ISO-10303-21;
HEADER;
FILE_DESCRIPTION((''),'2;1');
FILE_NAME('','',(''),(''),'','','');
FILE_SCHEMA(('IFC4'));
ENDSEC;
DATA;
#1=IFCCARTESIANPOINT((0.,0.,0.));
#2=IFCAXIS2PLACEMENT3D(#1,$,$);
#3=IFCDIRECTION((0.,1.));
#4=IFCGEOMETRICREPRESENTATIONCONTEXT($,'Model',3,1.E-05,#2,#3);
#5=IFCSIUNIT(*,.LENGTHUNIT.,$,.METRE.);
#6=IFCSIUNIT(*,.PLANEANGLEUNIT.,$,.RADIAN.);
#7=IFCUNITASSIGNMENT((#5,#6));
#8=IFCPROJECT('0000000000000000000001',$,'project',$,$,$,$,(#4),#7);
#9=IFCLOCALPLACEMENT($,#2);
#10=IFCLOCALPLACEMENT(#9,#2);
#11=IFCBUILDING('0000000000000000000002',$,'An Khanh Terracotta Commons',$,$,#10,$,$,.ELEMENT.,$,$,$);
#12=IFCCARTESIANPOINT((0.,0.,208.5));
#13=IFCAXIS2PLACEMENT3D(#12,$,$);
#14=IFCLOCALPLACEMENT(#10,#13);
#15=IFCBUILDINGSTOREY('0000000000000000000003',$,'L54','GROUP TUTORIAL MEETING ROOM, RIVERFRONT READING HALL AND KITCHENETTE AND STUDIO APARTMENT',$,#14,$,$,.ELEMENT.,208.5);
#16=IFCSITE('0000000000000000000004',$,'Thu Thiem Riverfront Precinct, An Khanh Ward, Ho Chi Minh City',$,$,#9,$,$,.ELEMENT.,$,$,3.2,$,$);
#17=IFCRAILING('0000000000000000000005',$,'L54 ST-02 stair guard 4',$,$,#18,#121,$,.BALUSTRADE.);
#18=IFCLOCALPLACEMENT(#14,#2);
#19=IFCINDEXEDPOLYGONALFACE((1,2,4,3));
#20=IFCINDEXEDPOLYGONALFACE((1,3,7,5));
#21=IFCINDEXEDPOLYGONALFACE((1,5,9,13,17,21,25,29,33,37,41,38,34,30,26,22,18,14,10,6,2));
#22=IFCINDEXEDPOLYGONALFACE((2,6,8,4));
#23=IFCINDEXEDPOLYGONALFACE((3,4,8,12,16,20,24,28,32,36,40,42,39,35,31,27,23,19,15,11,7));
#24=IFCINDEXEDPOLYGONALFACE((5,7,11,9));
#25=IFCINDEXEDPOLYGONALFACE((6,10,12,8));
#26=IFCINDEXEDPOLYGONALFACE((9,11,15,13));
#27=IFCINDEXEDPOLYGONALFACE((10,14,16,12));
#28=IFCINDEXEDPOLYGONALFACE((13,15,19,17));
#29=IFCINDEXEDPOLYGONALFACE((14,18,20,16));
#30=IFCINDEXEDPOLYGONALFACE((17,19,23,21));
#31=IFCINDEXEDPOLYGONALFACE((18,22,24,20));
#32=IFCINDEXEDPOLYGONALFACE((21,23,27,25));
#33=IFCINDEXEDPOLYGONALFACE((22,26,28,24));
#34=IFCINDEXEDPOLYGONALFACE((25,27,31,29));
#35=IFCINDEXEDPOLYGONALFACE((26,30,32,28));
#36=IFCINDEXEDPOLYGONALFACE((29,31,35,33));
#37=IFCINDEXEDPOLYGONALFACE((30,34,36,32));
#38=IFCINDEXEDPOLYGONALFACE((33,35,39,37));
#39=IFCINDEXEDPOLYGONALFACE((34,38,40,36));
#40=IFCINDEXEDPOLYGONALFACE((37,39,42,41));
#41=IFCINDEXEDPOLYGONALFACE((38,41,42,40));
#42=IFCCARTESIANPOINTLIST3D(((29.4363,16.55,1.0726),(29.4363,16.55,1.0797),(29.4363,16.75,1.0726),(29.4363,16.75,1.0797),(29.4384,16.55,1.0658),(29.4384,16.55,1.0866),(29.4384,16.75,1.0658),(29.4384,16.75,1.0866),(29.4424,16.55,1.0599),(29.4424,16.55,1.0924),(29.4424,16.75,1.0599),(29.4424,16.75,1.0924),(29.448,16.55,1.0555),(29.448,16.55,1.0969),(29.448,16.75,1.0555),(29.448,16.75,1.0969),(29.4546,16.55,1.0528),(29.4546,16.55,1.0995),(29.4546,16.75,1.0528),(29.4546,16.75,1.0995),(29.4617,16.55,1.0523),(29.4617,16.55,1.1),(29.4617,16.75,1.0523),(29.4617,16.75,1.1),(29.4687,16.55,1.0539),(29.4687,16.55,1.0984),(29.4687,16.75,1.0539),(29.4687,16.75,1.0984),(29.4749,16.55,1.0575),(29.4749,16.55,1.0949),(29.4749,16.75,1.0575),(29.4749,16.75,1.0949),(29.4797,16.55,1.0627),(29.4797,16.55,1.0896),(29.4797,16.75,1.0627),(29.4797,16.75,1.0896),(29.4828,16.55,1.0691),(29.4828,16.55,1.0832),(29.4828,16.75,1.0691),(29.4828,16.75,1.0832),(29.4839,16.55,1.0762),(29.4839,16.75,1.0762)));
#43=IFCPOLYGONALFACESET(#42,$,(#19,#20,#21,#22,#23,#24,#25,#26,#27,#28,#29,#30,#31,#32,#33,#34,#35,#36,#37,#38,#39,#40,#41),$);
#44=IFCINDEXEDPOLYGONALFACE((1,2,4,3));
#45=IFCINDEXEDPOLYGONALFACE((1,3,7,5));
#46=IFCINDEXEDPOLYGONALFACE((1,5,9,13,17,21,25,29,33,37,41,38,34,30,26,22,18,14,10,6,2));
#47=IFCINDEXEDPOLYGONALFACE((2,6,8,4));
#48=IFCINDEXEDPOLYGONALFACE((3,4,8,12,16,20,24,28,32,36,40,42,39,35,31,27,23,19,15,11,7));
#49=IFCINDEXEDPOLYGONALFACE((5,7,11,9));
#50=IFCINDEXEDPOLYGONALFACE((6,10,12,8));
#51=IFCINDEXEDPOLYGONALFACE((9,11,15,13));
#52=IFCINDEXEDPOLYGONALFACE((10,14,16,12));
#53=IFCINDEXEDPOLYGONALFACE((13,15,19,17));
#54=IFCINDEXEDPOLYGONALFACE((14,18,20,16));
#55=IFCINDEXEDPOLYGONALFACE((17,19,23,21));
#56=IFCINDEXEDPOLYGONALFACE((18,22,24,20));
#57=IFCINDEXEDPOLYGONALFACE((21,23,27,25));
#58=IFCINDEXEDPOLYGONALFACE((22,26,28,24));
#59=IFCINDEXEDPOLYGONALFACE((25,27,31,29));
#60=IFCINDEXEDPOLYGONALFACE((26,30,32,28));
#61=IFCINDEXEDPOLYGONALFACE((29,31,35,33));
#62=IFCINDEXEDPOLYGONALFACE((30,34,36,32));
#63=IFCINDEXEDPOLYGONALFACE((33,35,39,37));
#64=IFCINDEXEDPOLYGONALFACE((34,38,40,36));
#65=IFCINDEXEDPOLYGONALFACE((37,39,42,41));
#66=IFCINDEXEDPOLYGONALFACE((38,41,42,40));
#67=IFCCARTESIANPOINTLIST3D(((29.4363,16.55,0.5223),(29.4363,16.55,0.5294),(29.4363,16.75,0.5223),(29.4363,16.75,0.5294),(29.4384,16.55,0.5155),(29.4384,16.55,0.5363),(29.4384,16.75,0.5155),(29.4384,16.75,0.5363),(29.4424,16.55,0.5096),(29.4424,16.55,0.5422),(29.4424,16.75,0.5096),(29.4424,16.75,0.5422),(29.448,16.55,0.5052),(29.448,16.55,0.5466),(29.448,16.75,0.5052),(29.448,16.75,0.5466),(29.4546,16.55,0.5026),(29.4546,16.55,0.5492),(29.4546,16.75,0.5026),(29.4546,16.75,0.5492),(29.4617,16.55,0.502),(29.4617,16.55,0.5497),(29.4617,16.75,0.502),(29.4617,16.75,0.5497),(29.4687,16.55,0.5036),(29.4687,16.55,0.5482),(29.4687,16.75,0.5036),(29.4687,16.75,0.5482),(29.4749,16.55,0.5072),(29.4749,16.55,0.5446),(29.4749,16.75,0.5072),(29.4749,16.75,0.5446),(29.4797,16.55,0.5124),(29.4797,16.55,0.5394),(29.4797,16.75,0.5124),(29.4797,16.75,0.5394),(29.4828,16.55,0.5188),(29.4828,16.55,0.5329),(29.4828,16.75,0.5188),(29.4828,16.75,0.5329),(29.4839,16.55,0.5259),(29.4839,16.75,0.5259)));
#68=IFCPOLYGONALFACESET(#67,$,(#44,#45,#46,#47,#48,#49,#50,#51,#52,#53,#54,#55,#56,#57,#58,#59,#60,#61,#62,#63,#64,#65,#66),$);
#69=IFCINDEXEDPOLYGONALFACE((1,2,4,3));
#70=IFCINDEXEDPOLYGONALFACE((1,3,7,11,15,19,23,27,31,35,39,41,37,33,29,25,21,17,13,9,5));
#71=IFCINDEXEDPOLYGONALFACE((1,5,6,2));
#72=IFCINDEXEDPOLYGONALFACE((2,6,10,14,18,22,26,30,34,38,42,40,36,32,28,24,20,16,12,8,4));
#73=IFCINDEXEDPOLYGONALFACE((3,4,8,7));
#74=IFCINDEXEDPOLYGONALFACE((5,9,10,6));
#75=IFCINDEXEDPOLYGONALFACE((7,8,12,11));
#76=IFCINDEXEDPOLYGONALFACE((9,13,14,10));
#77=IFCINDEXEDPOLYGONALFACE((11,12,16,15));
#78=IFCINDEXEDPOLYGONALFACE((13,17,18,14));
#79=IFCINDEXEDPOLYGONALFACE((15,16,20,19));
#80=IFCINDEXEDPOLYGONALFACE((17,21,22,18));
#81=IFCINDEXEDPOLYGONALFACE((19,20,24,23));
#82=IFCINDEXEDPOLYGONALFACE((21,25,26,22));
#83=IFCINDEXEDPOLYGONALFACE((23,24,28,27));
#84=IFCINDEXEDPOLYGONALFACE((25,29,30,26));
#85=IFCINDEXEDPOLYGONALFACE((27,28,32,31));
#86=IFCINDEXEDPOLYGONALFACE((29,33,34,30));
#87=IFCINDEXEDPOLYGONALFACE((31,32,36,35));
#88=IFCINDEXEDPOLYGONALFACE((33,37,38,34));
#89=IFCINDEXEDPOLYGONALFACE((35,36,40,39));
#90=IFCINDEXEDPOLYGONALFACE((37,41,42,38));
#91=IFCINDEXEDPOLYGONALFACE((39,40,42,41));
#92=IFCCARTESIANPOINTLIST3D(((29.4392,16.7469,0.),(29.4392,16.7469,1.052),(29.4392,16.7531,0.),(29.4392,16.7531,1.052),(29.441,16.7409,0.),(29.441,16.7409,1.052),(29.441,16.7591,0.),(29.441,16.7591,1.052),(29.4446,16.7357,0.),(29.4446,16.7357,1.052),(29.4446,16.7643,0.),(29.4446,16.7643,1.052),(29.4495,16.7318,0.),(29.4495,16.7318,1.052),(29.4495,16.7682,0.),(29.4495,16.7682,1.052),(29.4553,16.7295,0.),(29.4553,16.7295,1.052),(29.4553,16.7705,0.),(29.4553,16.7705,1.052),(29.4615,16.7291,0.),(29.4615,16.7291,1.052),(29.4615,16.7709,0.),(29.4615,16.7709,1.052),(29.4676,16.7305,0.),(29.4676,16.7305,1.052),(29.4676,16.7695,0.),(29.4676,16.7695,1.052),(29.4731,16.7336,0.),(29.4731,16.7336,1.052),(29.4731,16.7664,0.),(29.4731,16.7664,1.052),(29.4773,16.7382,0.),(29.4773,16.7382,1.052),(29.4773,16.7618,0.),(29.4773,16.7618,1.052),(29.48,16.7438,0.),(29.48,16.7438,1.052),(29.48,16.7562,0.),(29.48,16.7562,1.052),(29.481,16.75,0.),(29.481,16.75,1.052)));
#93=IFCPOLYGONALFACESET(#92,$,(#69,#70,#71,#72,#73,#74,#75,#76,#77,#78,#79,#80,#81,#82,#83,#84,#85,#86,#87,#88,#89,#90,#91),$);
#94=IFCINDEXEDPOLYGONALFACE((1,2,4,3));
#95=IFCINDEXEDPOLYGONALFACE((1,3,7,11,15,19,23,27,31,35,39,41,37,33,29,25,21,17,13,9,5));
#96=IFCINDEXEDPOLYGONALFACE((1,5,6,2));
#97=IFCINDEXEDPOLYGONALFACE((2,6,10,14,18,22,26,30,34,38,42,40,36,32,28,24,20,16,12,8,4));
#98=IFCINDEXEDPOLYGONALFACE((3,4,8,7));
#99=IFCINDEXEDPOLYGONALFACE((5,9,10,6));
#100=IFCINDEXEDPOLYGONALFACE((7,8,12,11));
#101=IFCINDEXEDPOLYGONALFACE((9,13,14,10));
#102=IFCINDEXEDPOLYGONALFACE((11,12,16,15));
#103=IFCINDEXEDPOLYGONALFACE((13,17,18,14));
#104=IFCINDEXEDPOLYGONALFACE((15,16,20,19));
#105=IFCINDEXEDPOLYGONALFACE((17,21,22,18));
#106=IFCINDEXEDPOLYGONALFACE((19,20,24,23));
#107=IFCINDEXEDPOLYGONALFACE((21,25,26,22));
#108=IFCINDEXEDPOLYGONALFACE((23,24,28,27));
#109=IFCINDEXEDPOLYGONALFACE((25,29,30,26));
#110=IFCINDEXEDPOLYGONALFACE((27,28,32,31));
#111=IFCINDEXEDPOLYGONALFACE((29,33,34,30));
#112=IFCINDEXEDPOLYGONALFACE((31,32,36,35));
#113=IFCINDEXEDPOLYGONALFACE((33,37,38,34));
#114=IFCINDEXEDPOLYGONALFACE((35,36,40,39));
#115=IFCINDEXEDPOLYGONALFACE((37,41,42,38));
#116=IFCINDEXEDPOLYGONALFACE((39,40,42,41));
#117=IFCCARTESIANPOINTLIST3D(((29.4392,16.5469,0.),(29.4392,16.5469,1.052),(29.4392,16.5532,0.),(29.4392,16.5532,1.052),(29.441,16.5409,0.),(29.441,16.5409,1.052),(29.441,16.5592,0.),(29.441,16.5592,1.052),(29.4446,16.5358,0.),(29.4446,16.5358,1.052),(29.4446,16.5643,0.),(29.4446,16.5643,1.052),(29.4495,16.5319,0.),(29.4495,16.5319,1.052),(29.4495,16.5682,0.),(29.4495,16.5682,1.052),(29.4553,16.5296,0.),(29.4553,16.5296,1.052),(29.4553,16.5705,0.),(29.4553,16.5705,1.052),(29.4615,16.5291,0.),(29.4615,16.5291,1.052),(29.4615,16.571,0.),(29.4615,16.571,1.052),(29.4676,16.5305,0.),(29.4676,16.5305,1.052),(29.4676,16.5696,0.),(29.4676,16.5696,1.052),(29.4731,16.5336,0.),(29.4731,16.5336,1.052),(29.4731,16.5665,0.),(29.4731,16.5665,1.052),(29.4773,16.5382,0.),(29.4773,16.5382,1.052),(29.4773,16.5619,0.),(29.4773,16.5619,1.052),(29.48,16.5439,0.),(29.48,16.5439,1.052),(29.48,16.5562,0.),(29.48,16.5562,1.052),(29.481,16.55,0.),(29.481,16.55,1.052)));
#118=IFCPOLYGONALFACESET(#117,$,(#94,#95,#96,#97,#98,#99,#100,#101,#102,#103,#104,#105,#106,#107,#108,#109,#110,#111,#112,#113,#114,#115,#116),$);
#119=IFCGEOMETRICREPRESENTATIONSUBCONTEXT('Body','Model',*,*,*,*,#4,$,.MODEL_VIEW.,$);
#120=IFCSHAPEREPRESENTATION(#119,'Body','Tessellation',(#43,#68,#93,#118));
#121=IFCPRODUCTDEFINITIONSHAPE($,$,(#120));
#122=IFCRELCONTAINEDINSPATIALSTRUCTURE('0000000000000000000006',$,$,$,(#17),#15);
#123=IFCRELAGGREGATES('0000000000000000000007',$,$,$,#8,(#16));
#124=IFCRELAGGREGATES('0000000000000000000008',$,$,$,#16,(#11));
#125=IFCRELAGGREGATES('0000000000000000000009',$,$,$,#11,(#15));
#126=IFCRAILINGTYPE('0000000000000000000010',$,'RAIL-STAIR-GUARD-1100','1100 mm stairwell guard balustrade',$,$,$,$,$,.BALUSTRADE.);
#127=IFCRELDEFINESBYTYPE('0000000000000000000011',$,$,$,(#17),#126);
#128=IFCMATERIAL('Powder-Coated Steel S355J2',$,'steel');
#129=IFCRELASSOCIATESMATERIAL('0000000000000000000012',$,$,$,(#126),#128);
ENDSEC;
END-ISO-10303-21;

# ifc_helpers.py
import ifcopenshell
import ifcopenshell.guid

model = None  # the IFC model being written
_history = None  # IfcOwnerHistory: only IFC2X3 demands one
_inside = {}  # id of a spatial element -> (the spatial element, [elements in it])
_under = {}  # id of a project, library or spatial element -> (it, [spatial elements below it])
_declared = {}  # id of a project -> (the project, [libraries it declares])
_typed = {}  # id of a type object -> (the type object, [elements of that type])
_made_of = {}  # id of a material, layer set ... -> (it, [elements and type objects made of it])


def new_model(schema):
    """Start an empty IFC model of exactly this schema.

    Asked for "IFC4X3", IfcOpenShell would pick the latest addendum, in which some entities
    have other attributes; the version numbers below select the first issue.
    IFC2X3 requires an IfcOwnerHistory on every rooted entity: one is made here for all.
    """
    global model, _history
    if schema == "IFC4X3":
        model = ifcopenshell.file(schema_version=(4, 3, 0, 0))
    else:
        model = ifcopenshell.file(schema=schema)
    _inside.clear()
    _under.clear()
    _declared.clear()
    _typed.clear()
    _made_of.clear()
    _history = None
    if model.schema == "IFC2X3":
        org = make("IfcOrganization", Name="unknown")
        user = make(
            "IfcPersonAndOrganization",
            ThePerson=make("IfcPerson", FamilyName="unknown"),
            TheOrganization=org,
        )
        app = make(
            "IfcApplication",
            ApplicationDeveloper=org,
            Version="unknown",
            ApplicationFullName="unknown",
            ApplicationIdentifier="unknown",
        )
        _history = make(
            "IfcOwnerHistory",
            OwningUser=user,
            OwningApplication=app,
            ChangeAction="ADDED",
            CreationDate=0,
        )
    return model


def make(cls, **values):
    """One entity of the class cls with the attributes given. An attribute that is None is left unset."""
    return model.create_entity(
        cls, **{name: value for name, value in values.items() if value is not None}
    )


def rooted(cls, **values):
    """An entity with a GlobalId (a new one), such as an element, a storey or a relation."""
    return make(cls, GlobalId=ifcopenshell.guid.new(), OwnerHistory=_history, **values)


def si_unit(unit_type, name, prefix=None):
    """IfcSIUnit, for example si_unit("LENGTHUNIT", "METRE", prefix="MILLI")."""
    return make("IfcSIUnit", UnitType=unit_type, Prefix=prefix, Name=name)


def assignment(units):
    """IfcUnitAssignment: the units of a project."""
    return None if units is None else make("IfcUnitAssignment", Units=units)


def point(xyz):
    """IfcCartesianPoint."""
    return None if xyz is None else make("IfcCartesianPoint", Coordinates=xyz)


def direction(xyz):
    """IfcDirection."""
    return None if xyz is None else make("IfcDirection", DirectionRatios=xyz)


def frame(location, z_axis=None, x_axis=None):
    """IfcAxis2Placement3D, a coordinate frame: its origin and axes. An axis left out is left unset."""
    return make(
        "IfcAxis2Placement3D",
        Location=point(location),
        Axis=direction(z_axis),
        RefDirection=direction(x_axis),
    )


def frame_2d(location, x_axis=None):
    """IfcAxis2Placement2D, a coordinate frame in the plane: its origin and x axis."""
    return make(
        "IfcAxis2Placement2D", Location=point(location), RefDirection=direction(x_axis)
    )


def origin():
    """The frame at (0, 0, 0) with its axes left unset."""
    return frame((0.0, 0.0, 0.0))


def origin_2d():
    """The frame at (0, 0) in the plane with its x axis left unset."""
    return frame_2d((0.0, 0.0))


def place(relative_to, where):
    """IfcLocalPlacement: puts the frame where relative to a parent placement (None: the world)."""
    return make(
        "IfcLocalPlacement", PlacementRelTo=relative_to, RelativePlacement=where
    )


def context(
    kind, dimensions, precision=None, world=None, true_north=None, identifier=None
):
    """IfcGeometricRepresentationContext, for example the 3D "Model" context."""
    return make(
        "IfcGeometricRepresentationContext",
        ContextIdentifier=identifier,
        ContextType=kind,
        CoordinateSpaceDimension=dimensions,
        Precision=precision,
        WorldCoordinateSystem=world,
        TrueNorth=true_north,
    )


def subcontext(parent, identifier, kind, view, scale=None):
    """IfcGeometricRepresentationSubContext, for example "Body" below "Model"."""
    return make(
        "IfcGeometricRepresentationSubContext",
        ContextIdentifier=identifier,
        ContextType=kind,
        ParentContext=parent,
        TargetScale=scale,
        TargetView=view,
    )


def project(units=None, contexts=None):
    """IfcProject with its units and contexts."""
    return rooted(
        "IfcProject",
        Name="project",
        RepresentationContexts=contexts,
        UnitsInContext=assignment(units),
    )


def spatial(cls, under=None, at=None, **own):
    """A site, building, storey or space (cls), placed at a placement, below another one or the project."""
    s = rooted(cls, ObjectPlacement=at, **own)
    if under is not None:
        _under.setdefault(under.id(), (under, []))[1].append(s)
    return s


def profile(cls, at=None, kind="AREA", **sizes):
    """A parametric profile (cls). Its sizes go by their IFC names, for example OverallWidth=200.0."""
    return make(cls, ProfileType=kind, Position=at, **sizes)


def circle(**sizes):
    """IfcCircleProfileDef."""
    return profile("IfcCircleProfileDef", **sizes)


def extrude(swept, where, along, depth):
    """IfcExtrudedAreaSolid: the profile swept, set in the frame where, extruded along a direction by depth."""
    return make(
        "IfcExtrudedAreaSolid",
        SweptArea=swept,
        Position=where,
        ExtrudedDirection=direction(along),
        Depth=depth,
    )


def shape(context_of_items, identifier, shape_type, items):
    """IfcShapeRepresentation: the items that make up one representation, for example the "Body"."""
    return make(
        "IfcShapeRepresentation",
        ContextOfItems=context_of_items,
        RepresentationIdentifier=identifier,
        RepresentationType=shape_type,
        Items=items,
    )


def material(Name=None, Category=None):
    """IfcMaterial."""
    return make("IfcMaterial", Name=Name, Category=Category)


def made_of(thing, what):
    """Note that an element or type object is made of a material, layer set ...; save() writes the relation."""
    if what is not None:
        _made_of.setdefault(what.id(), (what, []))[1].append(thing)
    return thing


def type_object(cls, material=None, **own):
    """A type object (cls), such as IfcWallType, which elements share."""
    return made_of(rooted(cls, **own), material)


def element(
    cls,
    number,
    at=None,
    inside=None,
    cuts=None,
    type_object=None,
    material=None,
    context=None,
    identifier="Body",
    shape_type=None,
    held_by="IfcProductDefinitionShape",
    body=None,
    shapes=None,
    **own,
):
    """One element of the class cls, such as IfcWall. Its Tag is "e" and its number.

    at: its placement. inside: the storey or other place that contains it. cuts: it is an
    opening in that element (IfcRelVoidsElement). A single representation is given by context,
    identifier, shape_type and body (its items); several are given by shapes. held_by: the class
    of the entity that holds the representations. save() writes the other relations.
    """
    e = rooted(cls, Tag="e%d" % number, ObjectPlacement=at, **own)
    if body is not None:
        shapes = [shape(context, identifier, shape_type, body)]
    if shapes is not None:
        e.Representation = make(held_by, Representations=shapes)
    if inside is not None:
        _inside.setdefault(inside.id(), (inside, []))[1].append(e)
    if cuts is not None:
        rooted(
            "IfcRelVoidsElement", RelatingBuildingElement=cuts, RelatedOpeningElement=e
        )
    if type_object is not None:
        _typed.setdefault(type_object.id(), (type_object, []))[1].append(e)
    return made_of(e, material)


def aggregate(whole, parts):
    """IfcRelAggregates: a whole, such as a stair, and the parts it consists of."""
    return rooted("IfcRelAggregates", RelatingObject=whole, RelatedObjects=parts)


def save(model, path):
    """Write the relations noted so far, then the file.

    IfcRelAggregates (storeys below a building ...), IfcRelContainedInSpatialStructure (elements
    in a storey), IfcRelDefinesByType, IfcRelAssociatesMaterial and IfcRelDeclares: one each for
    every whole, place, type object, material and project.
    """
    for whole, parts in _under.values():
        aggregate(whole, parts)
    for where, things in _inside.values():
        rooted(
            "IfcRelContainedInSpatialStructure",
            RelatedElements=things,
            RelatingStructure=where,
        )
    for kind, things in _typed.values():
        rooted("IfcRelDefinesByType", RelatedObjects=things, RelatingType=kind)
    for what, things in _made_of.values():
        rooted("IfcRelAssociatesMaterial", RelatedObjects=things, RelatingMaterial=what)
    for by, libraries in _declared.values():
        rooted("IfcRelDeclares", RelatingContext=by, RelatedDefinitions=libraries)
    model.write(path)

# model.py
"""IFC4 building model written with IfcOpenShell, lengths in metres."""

from ifc_helpers import new_model, si_unit, direction, frame, origin, origin_2d, place, context, subcontext, project, spatial, circle, extrude, material, type_object, element, save


model = new_model("IFC4")

# Units and contexts
model_context = context("Model", 3, precision=1e-05, world=origin(), true_north=direction((0.0, 1.0)))
body_context = subcontext(model_context, "Body", "Model", "MODEL_VIEW")
ifc_project = project(units=[si_unit("LENGTHUNIT", "METRE"), si_unit("PLANEANGLEUNIT", "RADIAN")], contexts=[model_context])

# Site, building, storey
site_placement = place(None, origin())
site = spatial("IfcSite", under=ifc_project, at=site_placement, Name="Thu Thiem Riverfront Precinct, An Khanh Ward, Ho Chi Minh City", CompositionType="ELEMENT", RefElevation=3.2)
building_placement = place(site_placement, origin())
building = spatial("IfcBuilding", under=site, at=building_placement, Name="An Khanh Terracotta Commons", CompositionType="ELEMENT")
storey_placement = place(building_placement, frame((0.0, 0.0, 208.5)))
storey = spatial("IfcBuildingStorey", under=building, at=storey_placement, Name="L54", Description="GROUP TUTORIAL MEETING ROOM, RIVERFRONT READING HALL AND KITCHENETTE AND STUDIO APARTMENT", CompositionType="ELEMENT", Elevation=208.5)

# Railing
ifc_material_1 = material(Name="Powder-Coated Steel S355J2", Category="steel")
railing_type_1 = type_object("IfcRailingType", Name="RAIL-STAIR-GUARD-1100", Description="1100 mm stairwell guard balustrade", PredefinedType="BALUSTRADE", material=ifc_material_1)
railing_1_placement = place(storey_placement, frame((29.46, 16.75, 0.0)))
element("IfcRailing", 1, at=railing_1_placement, inside=storey, type_object=railing_type_1, Name="L54 ST-02 stair guard 4", PredefinedType="BALUSTRADE", context=body_context, shape_type="SweptSolid", body=[
    extrude(circle(Radius=0.0239, at=origin_2d()), frame((0.0, 0.0, 1.0762), z_axis=(0.0, -1.0, 0.0), x_axis=(1.0, 0.0, 0.0)), (0.0, 0.0, 1.0), 0.2),
    extrude(circle(Radius=0.0239, at=origin_2d()), frame((0.0, 0.0, 0.5259), z_axis=(0.0, -1.0, 0.0), x_axis=(1.0, 0.0, 0.0)), (0.0, 0.0, 1.0), 0.2),
    extrude(circle(Radius=0.021, at=origin_2d()), origin(), (0.0, 0.0, 1.0), 1.052),
    extrude(circle(Radius=0.021, at=origin_2d()), frame((0.0, -0.2, 0.0)), (0.0, 0.0, 1.0), 1.052),
])

save(model, "model.ifc")
